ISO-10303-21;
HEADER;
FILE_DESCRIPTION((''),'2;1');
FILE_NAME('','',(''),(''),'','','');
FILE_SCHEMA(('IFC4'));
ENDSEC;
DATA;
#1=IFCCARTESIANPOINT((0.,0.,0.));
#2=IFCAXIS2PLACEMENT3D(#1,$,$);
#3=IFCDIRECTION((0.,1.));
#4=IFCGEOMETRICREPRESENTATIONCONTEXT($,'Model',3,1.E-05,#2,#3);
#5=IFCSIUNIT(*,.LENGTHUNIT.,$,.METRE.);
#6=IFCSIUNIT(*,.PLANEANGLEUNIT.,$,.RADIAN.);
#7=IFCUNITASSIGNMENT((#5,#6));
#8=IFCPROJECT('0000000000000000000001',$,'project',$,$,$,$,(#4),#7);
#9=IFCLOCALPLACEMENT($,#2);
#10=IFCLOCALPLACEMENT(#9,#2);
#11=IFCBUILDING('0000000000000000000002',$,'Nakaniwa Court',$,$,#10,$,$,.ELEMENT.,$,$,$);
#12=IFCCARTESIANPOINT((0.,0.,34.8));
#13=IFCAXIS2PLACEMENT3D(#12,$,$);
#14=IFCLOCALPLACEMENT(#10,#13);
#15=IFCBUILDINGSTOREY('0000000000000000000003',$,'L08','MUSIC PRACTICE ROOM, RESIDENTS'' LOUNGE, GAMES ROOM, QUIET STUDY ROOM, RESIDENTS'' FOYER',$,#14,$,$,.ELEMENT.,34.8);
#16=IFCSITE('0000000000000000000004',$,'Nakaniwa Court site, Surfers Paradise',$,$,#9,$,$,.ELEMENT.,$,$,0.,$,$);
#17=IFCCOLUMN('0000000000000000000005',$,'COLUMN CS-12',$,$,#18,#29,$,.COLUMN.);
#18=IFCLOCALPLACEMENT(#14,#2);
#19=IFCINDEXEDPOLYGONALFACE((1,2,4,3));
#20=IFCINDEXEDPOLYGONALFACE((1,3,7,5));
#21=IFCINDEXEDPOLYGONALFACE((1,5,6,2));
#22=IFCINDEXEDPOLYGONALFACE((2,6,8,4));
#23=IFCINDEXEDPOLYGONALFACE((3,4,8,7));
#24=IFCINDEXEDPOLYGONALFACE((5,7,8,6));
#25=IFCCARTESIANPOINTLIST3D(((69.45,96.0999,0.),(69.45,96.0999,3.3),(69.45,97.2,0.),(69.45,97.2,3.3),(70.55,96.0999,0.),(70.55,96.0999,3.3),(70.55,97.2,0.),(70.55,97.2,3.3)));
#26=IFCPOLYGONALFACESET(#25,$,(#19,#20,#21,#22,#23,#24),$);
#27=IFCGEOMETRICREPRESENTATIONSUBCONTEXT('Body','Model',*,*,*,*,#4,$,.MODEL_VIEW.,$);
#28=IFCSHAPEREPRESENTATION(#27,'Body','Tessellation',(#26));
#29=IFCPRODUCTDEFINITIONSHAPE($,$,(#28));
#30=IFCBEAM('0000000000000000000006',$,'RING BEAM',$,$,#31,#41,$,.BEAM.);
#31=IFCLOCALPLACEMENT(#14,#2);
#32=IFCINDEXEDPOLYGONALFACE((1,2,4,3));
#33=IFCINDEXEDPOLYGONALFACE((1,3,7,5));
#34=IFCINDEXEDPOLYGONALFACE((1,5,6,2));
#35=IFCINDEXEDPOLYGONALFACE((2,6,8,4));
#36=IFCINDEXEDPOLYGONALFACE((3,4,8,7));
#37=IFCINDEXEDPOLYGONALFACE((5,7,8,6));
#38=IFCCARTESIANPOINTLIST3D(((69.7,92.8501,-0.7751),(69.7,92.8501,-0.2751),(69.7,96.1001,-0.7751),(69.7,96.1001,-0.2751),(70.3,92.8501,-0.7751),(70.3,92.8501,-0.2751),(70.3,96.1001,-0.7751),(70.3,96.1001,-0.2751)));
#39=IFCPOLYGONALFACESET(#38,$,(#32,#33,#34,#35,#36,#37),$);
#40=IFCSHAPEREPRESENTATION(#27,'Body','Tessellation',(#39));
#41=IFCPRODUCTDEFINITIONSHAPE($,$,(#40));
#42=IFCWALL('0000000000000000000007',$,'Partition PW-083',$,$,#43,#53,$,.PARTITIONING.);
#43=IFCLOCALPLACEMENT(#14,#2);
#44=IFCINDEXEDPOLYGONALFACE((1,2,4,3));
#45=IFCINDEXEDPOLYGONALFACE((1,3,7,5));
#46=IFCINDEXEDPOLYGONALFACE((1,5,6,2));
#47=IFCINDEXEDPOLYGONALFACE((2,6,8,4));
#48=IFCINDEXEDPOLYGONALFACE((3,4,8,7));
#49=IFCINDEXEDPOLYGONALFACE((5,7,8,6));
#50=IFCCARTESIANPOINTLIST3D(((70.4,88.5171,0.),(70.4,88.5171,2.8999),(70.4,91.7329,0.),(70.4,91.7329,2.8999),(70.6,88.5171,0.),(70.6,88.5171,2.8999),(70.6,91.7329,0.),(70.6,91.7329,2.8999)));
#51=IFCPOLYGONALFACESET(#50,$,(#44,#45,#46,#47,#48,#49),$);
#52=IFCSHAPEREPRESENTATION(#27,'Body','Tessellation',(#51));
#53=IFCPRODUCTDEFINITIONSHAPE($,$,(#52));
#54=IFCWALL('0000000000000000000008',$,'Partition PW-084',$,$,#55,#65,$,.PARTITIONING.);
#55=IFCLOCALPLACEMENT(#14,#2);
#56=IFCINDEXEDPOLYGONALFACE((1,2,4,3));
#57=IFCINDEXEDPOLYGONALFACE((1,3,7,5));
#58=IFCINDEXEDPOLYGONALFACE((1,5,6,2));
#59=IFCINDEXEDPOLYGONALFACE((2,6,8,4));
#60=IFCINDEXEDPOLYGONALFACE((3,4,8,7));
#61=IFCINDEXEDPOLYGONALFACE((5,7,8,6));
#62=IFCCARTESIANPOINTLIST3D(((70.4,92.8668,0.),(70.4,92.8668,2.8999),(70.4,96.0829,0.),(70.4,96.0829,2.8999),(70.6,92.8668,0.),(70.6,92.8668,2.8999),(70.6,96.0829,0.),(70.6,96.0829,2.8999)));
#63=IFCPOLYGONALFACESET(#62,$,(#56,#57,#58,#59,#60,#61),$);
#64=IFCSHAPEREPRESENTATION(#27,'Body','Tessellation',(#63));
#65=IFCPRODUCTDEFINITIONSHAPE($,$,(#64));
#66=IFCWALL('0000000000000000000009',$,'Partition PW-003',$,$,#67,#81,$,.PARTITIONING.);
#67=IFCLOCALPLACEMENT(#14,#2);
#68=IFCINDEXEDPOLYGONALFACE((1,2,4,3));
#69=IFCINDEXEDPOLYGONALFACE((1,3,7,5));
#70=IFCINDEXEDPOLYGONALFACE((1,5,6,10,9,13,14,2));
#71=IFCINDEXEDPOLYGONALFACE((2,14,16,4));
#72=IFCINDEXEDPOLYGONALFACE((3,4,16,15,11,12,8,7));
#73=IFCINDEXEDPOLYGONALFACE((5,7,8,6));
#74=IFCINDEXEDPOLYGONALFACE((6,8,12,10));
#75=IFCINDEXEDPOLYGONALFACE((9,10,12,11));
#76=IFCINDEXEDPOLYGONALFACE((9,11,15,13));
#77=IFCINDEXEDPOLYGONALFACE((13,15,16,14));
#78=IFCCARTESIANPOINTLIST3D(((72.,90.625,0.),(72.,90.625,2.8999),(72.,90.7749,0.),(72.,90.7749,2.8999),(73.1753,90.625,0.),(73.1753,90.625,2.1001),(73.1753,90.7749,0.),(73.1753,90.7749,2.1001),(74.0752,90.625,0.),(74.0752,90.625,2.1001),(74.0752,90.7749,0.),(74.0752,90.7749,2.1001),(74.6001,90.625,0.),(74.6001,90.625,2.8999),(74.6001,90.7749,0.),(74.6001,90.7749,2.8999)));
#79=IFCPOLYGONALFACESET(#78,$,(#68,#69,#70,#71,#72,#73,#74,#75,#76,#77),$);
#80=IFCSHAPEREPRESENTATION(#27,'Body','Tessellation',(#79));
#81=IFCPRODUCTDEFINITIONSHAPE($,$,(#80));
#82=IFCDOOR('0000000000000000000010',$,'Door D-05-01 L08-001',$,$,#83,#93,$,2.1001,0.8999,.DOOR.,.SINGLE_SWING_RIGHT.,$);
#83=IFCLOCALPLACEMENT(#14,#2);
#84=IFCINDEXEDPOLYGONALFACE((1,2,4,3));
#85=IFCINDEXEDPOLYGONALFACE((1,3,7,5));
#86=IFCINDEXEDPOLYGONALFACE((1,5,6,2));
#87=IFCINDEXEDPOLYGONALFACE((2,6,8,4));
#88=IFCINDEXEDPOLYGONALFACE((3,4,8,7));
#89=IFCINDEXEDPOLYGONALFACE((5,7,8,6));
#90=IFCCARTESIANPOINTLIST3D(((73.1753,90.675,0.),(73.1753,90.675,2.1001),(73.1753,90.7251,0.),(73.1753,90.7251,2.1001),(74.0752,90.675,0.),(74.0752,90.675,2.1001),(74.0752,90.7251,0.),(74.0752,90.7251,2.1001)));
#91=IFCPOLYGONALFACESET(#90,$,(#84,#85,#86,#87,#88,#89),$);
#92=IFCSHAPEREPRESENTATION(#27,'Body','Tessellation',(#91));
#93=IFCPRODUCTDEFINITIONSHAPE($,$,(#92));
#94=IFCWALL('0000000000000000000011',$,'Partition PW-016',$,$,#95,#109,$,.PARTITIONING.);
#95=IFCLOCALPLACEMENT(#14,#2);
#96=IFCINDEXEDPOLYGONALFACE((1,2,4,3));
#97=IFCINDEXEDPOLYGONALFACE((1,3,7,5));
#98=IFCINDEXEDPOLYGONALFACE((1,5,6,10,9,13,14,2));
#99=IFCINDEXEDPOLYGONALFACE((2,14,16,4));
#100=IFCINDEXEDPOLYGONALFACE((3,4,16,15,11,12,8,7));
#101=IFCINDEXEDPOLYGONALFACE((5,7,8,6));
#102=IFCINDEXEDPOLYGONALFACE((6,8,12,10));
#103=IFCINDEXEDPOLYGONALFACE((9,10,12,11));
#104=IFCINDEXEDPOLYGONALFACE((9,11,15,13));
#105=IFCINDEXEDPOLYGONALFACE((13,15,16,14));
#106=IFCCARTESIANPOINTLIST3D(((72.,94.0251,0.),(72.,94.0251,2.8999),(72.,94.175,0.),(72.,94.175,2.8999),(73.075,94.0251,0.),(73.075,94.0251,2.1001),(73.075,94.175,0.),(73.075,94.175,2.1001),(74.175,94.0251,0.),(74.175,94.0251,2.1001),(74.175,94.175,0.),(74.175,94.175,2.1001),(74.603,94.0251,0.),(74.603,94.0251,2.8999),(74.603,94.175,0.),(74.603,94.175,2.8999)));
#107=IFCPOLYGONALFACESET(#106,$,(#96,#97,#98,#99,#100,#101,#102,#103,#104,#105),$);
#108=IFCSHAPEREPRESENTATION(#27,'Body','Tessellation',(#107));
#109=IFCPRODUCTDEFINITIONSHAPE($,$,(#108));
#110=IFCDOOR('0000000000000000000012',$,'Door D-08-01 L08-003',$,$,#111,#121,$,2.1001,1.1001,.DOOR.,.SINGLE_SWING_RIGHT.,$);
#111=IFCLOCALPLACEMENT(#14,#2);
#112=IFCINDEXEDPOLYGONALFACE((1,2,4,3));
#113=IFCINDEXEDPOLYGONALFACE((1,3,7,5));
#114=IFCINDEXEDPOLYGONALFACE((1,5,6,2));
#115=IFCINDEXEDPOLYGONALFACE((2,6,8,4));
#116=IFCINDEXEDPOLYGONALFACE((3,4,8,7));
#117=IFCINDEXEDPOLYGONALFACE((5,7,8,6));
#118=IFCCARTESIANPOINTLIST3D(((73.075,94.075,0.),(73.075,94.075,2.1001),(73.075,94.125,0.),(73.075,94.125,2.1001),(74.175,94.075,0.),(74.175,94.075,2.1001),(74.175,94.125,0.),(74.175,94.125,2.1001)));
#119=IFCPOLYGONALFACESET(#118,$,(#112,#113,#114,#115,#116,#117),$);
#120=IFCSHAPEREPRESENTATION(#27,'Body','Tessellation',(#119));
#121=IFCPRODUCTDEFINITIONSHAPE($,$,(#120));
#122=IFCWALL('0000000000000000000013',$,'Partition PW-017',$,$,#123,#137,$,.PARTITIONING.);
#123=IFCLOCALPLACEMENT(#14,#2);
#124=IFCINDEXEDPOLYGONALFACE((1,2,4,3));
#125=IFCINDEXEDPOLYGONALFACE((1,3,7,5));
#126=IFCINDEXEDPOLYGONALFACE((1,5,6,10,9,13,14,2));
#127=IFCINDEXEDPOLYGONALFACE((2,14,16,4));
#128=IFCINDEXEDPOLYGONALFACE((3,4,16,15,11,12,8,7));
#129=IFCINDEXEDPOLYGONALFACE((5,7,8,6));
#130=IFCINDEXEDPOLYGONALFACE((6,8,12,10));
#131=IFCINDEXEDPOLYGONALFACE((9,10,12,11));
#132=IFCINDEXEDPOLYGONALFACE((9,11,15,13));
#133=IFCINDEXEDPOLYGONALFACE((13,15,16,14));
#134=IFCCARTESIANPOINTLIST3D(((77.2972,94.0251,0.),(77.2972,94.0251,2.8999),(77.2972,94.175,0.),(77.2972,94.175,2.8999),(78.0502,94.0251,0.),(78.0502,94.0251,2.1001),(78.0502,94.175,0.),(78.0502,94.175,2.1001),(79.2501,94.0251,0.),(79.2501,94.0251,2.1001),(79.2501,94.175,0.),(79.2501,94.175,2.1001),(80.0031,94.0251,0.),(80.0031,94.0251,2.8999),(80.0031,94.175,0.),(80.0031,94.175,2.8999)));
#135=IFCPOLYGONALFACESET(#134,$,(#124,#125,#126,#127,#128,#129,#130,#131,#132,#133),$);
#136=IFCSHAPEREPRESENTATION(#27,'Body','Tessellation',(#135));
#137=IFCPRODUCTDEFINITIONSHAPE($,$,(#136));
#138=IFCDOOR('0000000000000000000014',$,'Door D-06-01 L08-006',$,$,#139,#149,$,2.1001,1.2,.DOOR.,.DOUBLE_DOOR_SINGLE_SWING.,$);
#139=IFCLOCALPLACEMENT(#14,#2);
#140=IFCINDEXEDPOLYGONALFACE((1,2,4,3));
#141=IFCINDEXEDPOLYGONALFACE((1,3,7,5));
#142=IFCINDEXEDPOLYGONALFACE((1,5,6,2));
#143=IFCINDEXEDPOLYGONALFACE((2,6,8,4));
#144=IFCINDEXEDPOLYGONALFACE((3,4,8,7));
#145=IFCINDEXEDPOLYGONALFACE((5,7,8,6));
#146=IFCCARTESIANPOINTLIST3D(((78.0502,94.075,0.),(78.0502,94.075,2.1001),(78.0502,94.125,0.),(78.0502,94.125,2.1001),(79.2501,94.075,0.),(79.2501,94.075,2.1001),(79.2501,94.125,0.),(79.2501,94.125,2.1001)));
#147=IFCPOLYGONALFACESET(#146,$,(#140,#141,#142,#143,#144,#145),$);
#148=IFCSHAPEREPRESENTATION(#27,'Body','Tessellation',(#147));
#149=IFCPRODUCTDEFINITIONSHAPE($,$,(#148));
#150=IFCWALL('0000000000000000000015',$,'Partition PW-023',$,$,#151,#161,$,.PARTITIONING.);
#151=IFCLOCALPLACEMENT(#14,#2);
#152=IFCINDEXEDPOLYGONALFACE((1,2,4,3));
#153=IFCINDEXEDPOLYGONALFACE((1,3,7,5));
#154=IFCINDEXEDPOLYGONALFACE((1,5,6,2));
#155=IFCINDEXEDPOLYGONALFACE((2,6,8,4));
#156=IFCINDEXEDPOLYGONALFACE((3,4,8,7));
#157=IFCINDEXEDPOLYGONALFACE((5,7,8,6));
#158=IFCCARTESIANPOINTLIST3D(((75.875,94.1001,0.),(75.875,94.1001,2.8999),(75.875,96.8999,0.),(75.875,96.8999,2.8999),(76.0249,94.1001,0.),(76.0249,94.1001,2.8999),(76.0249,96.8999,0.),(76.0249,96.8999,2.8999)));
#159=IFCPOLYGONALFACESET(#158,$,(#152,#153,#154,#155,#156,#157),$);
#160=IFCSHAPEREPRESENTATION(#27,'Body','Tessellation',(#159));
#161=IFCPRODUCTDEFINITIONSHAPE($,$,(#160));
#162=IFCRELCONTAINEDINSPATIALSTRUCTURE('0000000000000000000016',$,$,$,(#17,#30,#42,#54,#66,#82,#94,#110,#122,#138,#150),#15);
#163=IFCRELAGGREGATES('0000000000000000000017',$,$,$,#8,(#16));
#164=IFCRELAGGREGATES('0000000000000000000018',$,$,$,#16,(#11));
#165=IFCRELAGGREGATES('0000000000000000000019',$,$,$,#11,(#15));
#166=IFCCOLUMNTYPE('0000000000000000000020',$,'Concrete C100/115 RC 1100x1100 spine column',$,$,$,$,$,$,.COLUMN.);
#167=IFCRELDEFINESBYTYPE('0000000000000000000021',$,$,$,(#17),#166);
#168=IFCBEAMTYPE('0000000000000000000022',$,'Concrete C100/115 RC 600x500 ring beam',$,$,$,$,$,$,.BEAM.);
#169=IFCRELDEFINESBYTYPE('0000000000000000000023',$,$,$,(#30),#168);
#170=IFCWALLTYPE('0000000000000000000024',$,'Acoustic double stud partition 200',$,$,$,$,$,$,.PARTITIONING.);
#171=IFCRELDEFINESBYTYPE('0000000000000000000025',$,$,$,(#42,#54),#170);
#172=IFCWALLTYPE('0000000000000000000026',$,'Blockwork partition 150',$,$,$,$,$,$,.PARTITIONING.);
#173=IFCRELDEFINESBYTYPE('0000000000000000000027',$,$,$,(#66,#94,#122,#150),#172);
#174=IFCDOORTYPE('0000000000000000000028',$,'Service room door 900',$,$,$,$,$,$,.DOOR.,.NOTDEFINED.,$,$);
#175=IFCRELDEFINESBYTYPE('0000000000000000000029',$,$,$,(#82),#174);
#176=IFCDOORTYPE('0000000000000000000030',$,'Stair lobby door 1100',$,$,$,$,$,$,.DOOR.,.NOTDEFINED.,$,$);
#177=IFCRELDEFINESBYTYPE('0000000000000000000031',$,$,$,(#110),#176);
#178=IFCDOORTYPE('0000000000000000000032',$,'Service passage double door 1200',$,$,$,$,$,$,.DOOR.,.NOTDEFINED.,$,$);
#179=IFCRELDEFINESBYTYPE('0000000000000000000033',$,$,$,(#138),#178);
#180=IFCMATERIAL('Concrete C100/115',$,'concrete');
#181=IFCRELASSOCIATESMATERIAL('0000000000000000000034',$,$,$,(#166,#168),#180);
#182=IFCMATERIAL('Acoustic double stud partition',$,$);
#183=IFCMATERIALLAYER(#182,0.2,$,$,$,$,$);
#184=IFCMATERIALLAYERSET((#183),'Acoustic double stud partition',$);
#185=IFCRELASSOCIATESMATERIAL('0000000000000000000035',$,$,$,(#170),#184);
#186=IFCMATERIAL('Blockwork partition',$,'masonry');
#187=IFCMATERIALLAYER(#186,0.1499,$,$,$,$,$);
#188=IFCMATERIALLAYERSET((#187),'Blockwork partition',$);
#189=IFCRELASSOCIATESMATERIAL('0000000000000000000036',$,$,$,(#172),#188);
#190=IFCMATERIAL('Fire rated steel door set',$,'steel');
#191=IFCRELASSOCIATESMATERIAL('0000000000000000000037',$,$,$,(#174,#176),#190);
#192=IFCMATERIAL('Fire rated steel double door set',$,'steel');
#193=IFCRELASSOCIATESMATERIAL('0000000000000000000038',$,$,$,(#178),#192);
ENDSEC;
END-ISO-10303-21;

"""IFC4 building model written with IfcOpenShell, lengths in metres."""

from ifc_helpers import new_model, si_unit, direction, frame, frame_2d, origin, origin_2d, place, context, subcontext, project, spatial, rectangle, extrude, material, layer, layer_set, material_profile, profile_set, type_object, element, fill, save


model = new_model("IFC4")

# Units and contexts
model_context = context("Model", 3, precision=1e-05, world=origin(), true_north=direction((0.0, 1.0)))
body_context = subcontext(model_context, "Body", "Model", "MODEL_VIEW")
ifc_project = project(units=[si_unit("LENGTHUNIT", "METRE"), si_unit("PLANEANGLEUNIT", "RADIAN")], contexts=[model_context])

# Site, building, storey
site_placement = place(None, origin())
site = spatial("IfcSite", under=ifc_project, at=site_placement, Name="Nakaniwa Court site, Surfers Paradise", CompositionType="ELEMENT", RefElevation=0.0)
building_placement = place(site_placement, origin())
building = spatial("IfcBuilding", under=site, at=building_placement, Name="Nakaniwa Court", CompositionType="ELEMENT")
storey_placement = place(building_placement, frame((0.0, 0.0, 34.8)))
storey = spatial("IfcBuildingStorey", under=building, at=storey_placement, Name="L08", Description="MUSIC PRACTICE ROOM, RESIDENTS' LOUNGE, GAMES ROOM, QUIET STUDY ROOM, RESIDENTS' FOYER", CompositionType="ELEMENT", Elevation=34.8)

# Column
ifc_material_1 = material(Name="Concrete C100/115", Category="concrete")
ifc_material_profile_1 = material_profile(ifc_material_1, rectangle(XDim=1.1001, YDim=1.1001, at=origin_2d()), Name="Concrete C100/115 RC 1100x1100 spine column")
ifc_profile_set_1 = profile_set([ifc_material_profile_1], Name="Concrete C100/115")
column_type = type_object("IfcColumnType", Name="Concrete C100/115 RC 1100x1100 spine column", PredefinedType="COLUMN", material=ifc_profile_set_1)
column_placement = place(storey_placement, frame((70.0, 96.6499, 0.0), z_axis=(0.0, 0.0, 1.0), x_axis=(0.0, -1.0, 0.0)))
element("IfcColumn", 1, at=column_placement, inside=storey, type_object=column_type, Name="COLUMN CS-12", PredefinedType="COLUMN", context=body_context, shape_type="SweptSolid", body=[
    extrude(rectangle(XDim=1.1001, YDim=1.1001, at=origin_2d()), origin(), (0.0, 0.0, 1.0), 3.3),
])

# Beam
ifc_material_profile_2 = material_profile(ifc_material_1, rectangle(XDim=0.6001, YDim=0.5, at=origin_2d()), Name="Concrete C100/115 RC 600x500 ring beam")
ifc_profile_set_2 = profile_set([ifc_material_profile_2], Name="Concrete C100/115")
beam_type = type_object("IfcBeamType", Name="Concrete C100/115 RC 600x500 ring beam", PredefinedType="BEAM", material=ifc_profile_set_2)
beam_placement = place(storey_placement, frame((70.0, 96.1001, -0.5251), z_axis=(0.0, -1.0, 0.0), x_axis=(1.0, 0.0, 0.0)))
element("IfcBeam", 2, at=beam_placement, inside=storey, type_object=beam_type, Name="RING BEAM", PredefinedType="BEAM", context=body_context, shape_type="SweptSolid", body=[
    extrude(rectangle(XDim=0.6001, YDim=0.5, at=origin_2d()), origin(), (0.0, 0.0, 1.0), 3.25),
])

# Walls
ifc_material_2 = material(Name="Acoustic double stud partition")
ifc_layer_1 = layer(ifc_material_2, 0.2)
ifc_layer_set_1 = layer_set([ifc_layer_1], Name="Acoustic double stud partition")
wall_type_1 = type_object("IfcWallType", Name="Acoustic double stud partition 200", PredefinedType="PARTITIONING", material=ifc_layer_set_1)
wall_1_placement = place(storey_placement, frame((70.5, 88.5171, 0.0), z_axis=(0.0, 0.0, 1.0), x_axis=(0.0, 1.0, 0.0)))
element("IfcWall", 3, at=wall_1_placement, inside=storey, type_object=wall_type_1, Name="Partition PW-083", PredefinedType="PARTITIONING", context=body_context, shape_type="SweptSolid", body=[
    extrude(rectangle(XDim=3.2158, YDim=0.2, at=frame_2d((1.6079, 0.0))), origin(), (0.0, 0.0, 1.0), 2.8999),
])
wall_2_placement = place(storey_placement, frame((70.5, 92.8669, 0.0), z_axis=(0.0, 0.0, 1.0), x_axis=(0.0, 1.0, 0.0)))
element("IfcWall", 4, at=wall_2_placement, inside=storey, type_object=wall_type_1, Name="Partition PW-084", PredefinedType="PARTITIONING", context=body_context, shape_type="SweptSolid", body=[
    extrude(rectangle(XDim=3.2161, YDim=0.2, at=frame_2d((1.6079, 0.0))), origin(), (0.0, 0.0, 1.0), 2.8999),
])

# Walls, openings, doors
ifc_material_3 = material(Name="Blockwork partition", Category="masonry")
ifc_layer_2 = layer(ifc_material_3, 0.1499)
ifc_layer_set_2 = layer_set([ifc_layer_2], Name="Blockwork partition")
wall_type_2 = type_object("IfcWallType", Name="Blockwork partition 150", PredefinedType="PARTITIONING", material=ifc_layer_set_2)
wall_3_placement = place(storey_placement, frame((74.6001, 90.7, 0.0), z_axis=(0.0, 0.0, 1.0), x_axis=(-1.0, 0.0, 0.0)))
wall_3 = element("IfcWall", 5, at=wall_3_placement, inside=storey, type_object=wall_type_2, Name="Partition PW-003", PredefinedType="PARTITIONING", context=body_context, shape_type="SweptSolid", body=[
    extrude(rectangle(XDim=2.6001, YDim=0.1499, at=frame_2d((1.3, 0.0))), origin(), (0.0, 0.0, 1.0), 2.8999),
])
opening_1_placement = place(wall_3_placement, frame((0.5249, 0.0, 0.0)))
opening_1 = element("IfcOpeningElement", 6, at=opening_1_placement, cuts=wall_3, PredefinedType="OPENING", context=body_context, shape_type="SweptSolid", body=[
    extrude(rectangle(XDim=0.8999, YDim=2.1001, at=frame_2d((0.45, 1.05))), frame((0.0, 0.085, 0.0), z_axis=(0.0, -1.0, 0.0), x_axis=(1.0, 0.0, 0.0)), (0.0, 0.0, 1.0), 0.1699),
])
ifc_material_4 = material(Name="Fire rated steel door set", Category="steel")
door_type_1 = type_object("IfcDoorType", Name="Service room door 900", OperationType="NOTDEFINED", PredefinedType="DOOR", material=ifc_material_4)
door_1_placement = place(opening_1_placement, origin())
door_1 = element("IfcDoor", 7, at=door_1_placement, inside=storey, type_object=door_type_1, Name="Door D-05-01 L08-001", OperationType="SINGLE_SWING_RIGHT", OverallHeight=2.1001, OverallWidth=0.8999, PredefinedType="DOOR", context=body_context, shape_type="SweptSolid", body=[
    extrude(rectangle(XDim=0.8999, YDim=2.1001, at=frame_2d((0.45, 1.05))), frame((0.0, 0.0249, 0.0), z_axis=(0.0, -1.0, 0.0), x_axis=(1.0, 0.0, 0.0)), (0.0, 0.0, 1.0), 0.05),
])
fill(opening_1, door_1)
wall_4_placement = place(storey_placement, frame((72.0, 94.1001, 0.0), z_axis=(0.0, 0.0, 1.0), x_axis=(1.0, 0.0, 0.0)))
wall_4 = element("IfcWall", 8, at=wall_4_placement, inside=storey, type_object=wall_type_2, Name="Partition PW-016", PredefinedType="PARTITIONING", context=body_context, shape_type="SweptSolid", body=[
    extrude(rectangle(XDim=2.603, YDim=0.1499, at=frame_2d((1.3015, 0.0))), origin(), (0.0, 0.0, 1.0), 2.8999),
])
opening_2_placement = place(wall_4_placement, frame((1.075, 0.0, 0.0)))
opening_2 = element("IfcOpeningElement", 9, at=opening_2_placement, cuts=wall_4, PredefinedType="OPENING", context=body_context, shape_type="SweptSolid", body=[
    extrude(rectangle(XDim=1.1001, YDim=2.1001, at=frame_2d((0.55, 1.05))), frame((0.0, 0.085, 0.0), z_axis=(0.0, -1.0, 0.0), x_axis=(1.0, 0.0, 0.0)), (0.0, 0.0, 1.0), 0.1699),
])
door_type_2 = type_object("IfcDoorType", Name="Stair lobby door 1100", OperationType="NOTDEFINED", PredefinedType="DOOR", material=ifc_material_4)
door_2_placement = place(opening_2_placement, origin())
door_2 = element("IfcDoor", 10, at=door_2_placement, inside=storey, type_object=door_type_2, Name="Door D-08-01 L08-003", OperationType="SINGLE_SWING_RIGHT", OverallHeight=2.1001, OverallWidth=1.1001, PredefinedType="DOOR", context=body_context, shape_type="SweptSolid", body=[
    extrude(rectangle(XDim=1.1001, YDim=2.1001, at=frame_2d((0.55, 1.05))), frame((0.0, 0.0249, 0.0), z_axis=(0.0, -1.0, 0.0), x_axis=(1.0, 0.0, 0.0)), (0.0, 0.0, 1.0), 0.05),
])
fill(opening_2, door_2)
wall_5_placement = place(storey_placement, frame((77.2971, 94.1001, 0.0), z_axis=(0.0, 0.0, 1.0), x_axis=(1.0, 0.0, 0.0)))
wall_5 = element("IfcWall", 11, at=wall_5_placement, inside=storey, type_object=wall_type_2, Name="Partition PW-017", PredefinedType="PARTITIONING", context=body_context, shape_type="SweptSolid", body=[
    extrude(rectangle(XDim=2.7058, YDim=0.1499, at=frame_2d((1.353, 0.0))), origin(), (0.0, 0.0, 1.0), 2.8999),
])
opening_3_placement = place(wall_5_placement, frame((0.7529, 0.0, 0.0)))
opening_3 = element("IfcOpeningElement", 12, at=opening_3_placement, cuts=wall_5, PredefinedType="OPENING", context=body_context, shape_type="SweptSolid", body=[
    extrude(rectangle(XDim=1.2, YDim=2.1001, at=frame_2d((0.6001, 1.05))), frame((0.0, 0.085, 0.0), z_axis=(0.0, -1.0, 0.0), x_axis=(1.0, 0.0, 0.0)), (0.0, 0.0, 1.0), 0.1699),
])
ifc_material_5 = material(Name="Fire rated steel double door set", Category="steel")
door_type_3 = type_object("IfcDoorType", Name="Service passage double door 1200", OperationType="NOTDEFINED", PredefinedType="DOOR", material=ifc_material_5)
door_3_placement = place(opening_3_placement, origin())
door_3 = element("IfcDoor", 13, at=door_3_placement, inside=storey, type_object=door_type_3, Name="Door D-06-01 L08-006", OperationType="DOUBLE_DOOR_SINGLE_SWING", OverallHeight=2.1001, OverallWidth=1.2, PredefinedType="DOOR", context=body_context, shape_type="SweptSolid", body=[
    extrude(rectangle(XDim=1.2, YDim=2.1001, at=frame_2d((0.6001, 1.05))), frame((0.0, 0.0249, 0.0), z_axis=(0.0, -1.0, 0.0), x_axis=(1.0, 0.0, 0.0)), (0.0, 0.0, 1.0), 0.05),
])
fill(opening_3, door_3)

# Wall
wall_6_placement = place(storey_placement, frame((75.95, 94.1001, 0.0), z_axis=(0.0, 0.0, 1.0), x_axis=(0.0, 1.0, 0.0)))
element("IfcWall", 14, at=wall_6_placement, inside=storey, type_object=wall_type_2, Name="Partition PW-023", PredefinedType="PARTITIONING", context=body_context, shape_type="SweptSolid", body=[
    extrude(rectangle(XDim=2.7998, YDim=0.1499, at=frame_2d((1.3999, 0.0))), origin(), (0.0, 0.0, 1.0), 2.8999),
])

save(model, "model.ifc")
